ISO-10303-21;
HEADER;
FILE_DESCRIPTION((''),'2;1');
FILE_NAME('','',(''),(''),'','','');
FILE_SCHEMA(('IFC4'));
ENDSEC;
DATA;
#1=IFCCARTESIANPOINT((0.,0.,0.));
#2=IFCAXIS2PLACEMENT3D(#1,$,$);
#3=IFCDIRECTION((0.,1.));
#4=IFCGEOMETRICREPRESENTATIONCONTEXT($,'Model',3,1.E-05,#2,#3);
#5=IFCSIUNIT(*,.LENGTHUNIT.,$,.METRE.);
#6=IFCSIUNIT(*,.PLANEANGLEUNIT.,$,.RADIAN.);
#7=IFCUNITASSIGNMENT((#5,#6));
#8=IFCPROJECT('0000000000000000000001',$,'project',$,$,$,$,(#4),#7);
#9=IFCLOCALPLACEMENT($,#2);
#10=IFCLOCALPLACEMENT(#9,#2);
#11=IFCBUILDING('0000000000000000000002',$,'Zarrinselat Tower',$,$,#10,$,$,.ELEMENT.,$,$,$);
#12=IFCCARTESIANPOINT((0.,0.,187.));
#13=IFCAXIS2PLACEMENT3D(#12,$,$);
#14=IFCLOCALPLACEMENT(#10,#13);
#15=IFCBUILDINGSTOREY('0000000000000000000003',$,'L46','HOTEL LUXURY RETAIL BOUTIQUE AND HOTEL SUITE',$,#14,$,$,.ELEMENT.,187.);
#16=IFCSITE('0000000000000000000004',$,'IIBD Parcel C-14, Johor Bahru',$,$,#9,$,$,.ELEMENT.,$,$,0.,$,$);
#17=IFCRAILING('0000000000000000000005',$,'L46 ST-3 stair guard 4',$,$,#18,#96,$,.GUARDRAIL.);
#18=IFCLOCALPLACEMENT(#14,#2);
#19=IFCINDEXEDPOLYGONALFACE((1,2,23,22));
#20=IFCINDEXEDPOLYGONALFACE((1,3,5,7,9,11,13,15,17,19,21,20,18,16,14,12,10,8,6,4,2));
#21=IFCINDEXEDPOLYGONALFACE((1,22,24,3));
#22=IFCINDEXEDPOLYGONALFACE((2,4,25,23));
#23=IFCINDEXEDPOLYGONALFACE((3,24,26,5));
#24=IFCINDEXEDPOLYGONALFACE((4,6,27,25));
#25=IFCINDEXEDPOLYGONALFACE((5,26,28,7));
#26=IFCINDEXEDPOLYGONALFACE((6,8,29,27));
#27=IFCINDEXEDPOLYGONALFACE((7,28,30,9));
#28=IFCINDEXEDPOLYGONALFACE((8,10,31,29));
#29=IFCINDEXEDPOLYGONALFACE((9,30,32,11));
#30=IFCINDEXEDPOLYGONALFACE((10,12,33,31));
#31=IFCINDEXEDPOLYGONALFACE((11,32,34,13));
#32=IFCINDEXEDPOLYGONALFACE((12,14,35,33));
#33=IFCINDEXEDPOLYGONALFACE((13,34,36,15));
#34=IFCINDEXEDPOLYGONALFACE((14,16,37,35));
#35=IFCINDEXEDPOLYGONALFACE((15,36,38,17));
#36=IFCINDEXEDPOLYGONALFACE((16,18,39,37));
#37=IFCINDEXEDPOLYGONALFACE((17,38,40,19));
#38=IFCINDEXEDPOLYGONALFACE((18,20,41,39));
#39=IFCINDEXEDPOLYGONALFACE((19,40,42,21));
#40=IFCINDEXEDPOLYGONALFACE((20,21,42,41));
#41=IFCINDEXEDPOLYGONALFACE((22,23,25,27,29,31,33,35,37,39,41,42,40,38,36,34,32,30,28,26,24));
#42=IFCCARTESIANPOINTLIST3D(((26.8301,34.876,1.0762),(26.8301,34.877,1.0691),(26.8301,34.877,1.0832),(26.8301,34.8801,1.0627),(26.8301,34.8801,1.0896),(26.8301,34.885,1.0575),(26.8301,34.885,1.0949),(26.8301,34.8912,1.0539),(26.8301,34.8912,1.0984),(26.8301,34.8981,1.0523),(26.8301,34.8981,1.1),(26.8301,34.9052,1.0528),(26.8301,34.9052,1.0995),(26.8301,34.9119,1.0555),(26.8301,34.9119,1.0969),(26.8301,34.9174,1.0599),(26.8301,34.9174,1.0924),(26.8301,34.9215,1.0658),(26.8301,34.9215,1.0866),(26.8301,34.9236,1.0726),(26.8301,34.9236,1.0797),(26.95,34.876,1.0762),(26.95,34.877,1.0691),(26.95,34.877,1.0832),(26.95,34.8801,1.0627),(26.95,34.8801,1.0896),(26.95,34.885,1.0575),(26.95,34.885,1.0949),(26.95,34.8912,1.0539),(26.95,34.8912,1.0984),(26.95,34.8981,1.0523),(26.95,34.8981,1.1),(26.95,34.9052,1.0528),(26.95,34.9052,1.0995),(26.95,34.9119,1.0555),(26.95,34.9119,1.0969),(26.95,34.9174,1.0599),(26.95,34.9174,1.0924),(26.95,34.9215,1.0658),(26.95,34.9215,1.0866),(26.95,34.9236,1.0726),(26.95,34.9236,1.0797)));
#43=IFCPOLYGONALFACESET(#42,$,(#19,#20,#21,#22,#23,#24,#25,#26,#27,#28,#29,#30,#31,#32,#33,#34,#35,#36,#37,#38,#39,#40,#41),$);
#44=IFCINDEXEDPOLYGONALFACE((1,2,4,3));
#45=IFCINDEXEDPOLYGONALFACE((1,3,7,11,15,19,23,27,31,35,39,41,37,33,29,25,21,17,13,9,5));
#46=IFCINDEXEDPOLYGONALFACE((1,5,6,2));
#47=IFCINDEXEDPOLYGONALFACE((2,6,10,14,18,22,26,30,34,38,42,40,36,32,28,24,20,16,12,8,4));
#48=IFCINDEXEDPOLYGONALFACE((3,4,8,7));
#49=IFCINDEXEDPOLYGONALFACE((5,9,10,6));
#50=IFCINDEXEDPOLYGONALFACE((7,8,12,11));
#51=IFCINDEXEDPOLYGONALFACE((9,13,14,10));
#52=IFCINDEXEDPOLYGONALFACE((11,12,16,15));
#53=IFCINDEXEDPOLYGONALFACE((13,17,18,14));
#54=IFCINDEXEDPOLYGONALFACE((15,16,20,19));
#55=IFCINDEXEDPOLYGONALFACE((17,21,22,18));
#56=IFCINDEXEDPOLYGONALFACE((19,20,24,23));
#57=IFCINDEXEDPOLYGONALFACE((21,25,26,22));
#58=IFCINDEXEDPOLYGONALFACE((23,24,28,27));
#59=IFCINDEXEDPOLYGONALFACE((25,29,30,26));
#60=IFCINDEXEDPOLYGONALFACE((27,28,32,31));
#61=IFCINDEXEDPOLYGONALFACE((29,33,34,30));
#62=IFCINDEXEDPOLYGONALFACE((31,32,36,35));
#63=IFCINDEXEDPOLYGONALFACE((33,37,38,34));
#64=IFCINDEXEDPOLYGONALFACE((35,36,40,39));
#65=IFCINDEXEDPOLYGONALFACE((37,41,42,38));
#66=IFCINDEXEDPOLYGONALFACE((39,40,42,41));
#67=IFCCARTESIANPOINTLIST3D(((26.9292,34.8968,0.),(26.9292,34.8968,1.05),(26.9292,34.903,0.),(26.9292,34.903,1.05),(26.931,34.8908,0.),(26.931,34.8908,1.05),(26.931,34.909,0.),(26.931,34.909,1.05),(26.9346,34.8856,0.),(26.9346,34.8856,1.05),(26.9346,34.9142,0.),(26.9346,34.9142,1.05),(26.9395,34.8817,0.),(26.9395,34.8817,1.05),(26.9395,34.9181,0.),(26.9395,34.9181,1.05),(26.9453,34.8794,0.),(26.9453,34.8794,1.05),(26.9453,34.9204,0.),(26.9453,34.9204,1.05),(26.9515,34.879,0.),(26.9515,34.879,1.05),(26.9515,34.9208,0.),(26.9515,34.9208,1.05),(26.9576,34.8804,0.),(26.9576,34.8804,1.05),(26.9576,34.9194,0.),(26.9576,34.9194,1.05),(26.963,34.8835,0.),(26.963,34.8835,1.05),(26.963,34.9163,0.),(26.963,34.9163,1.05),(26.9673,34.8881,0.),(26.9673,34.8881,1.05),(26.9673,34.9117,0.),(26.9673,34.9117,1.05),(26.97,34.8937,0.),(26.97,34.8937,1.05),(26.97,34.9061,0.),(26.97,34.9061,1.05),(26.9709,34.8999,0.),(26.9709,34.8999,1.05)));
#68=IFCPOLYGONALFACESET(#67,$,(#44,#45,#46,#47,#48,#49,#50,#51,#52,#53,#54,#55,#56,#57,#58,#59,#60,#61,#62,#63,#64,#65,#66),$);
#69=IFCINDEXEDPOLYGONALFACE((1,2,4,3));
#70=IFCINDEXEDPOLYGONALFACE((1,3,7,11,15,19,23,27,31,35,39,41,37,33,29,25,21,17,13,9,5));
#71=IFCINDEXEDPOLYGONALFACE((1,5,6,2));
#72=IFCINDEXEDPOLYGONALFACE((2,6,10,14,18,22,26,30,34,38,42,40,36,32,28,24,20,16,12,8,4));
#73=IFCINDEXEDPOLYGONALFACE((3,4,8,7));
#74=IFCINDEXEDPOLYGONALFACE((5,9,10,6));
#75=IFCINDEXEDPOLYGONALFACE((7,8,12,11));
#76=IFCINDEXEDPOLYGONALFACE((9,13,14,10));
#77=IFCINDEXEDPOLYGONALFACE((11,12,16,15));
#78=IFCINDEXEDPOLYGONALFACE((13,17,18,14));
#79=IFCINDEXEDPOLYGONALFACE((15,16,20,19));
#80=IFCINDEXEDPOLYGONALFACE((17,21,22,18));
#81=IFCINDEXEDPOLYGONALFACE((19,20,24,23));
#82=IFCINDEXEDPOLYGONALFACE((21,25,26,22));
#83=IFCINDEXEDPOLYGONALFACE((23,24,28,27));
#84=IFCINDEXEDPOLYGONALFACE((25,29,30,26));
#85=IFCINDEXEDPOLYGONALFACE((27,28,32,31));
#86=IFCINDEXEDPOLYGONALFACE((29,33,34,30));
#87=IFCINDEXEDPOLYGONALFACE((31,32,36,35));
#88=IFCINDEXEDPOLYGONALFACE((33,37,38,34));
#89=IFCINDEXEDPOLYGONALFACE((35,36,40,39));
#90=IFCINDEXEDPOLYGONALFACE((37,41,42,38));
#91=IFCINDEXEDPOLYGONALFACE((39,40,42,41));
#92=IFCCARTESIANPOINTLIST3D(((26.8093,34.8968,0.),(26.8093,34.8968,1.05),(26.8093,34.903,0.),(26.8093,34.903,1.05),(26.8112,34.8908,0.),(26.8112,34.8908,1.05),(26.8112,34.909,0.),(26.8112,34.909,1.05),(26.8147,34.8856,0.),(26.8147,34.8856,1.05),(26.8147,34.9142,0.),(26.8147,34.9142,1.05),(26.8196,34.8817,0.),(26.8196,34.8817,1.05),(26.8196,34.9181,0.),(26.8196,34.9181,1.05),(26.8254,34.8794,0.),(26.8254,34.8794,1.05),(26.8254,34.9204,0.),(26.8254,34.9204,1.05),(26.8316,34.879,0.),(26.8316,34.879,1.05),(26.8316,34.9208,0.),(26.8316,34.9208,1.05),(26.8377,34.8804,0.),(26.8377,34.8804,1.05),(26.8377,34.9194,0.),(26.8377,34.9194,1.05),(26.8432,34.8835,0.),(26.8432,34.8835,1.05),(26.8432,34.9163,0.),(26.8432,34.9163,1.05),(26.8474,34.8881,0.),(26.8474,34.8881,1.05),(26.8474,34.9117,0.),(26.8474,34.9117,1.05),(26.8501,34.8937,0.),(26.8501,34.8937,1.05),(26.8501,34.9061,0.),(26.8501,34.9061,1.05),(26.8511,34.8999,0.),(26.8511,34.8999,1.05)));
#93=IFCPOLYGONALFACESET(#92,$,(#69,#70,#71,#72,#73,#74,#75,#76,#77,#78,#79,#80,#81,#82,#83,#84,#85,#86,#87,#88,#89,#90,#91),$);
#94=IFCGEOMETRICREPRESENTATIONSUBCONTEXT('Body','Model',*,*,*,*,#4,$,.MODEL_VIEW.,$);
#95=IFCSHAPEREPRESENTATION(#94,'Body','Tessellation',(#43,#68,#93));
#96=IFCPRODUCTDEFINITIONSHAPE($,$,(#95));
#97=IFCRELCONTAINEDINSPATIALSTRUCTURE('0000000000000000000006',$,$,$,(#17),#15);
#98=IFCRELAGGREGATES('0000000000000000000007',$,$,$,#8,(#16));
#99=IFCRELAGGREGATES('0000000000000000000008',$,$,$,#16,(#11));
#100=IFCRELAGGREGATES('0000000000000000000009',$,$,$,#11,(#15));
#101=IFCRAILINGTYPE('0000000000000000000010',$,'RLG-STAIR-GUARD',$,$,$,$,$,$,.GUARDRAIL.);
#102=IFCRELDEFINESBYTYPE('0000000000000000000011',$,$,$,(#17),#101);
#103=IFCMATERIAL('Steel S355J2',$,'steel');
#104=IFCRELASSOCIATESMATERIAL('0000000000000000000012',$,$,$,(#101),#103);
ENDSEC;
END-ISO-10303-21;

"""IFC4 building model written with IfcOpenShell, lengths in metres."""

from ifc_helpers import new_model, si_unit, direction, frame, origin, origin_2d, place, context, subcontext, project, spatial, circle, extrude, material, type_object, element, save


model = new_model("IFC4")

# Units and contexts
model_context = context("Model", 3, precision=1e-05, world=origin(), true_north=direction((0.0, 1.0)))
body_context = subcontext(model_context, "Body", "Model", "MODEL_VIEW")
ifc_project = project(units=[si_unit("LENGTHUNIT", "METRE"), si_unit("PLANEANGLEUNIT", "RADIAN")], contexts=[model_context])

# Site, building, storey
site_placement = place(None, origin())
site = spatial("IfcSite", under=ifc_project, at=site_placement, Name="IIBD Parcel C-14, Johor Bahru", CompositionType="ELEMENT", RefElevation=0.0)
building_placement = place(site_placement, origin())
building = spatial("IfcBuilding", under=site, at=building_placement, Name="Zarrinselat Tower", CompositionType="ELEMENT")
storey_placement = place(building_placement, frame((0.0, 0.0, 187.0)))
storey = spatial("IfcBuildingStorey", under=building, at=storey_placement, Name="L46", Description="HOTEL LUXURY RETAIL BOUTIQUE AND HOTEL SUITE", CompositionType="ELEMENT", Elevation=187.0)

# Railing
ifc_material_1 = material(Name="Steel S355J2", Category="steel")
railing_type_1 = type_object("IfcRailingType", Name="RLG-STAIR-GUARD", PredefinedType="GUARDRAIL", material=ifc_material_1)
railing_1_placement = place(storey_placement, frame((26.95, 34.8999, 0.0)))
element("IfcRailing", 1, at=railing_1_placement, inside=storey, type_object=railing_type_1, Name="L46 ST-3 stair guard 4", PredefinedType="GUARDRAIL", context=body_context, shape_type="SweptSolid", body=[
    extrude(circle(Radius=0.0239, at=origin_2d()), frame((0.0, 0.0, 1.0762), z_axis=(-1.0, 0.0, 0.0), x_axis=(0.0, -1.0, 0.0)), (0.0, 0.0, 1.0), 0.1199),
    extrude(circle(Radius=0.021, at=origin_2d()), origin(), (0.0, 0.0, 1.0), 1.05),
    extrude(circle(Radius=0.021, at=origin_2d()), frame((-0.1199, 0.0, 0.0)), (0.0, 0.0, 1.0), 1.05),
])

save(model, "model.ifc")
